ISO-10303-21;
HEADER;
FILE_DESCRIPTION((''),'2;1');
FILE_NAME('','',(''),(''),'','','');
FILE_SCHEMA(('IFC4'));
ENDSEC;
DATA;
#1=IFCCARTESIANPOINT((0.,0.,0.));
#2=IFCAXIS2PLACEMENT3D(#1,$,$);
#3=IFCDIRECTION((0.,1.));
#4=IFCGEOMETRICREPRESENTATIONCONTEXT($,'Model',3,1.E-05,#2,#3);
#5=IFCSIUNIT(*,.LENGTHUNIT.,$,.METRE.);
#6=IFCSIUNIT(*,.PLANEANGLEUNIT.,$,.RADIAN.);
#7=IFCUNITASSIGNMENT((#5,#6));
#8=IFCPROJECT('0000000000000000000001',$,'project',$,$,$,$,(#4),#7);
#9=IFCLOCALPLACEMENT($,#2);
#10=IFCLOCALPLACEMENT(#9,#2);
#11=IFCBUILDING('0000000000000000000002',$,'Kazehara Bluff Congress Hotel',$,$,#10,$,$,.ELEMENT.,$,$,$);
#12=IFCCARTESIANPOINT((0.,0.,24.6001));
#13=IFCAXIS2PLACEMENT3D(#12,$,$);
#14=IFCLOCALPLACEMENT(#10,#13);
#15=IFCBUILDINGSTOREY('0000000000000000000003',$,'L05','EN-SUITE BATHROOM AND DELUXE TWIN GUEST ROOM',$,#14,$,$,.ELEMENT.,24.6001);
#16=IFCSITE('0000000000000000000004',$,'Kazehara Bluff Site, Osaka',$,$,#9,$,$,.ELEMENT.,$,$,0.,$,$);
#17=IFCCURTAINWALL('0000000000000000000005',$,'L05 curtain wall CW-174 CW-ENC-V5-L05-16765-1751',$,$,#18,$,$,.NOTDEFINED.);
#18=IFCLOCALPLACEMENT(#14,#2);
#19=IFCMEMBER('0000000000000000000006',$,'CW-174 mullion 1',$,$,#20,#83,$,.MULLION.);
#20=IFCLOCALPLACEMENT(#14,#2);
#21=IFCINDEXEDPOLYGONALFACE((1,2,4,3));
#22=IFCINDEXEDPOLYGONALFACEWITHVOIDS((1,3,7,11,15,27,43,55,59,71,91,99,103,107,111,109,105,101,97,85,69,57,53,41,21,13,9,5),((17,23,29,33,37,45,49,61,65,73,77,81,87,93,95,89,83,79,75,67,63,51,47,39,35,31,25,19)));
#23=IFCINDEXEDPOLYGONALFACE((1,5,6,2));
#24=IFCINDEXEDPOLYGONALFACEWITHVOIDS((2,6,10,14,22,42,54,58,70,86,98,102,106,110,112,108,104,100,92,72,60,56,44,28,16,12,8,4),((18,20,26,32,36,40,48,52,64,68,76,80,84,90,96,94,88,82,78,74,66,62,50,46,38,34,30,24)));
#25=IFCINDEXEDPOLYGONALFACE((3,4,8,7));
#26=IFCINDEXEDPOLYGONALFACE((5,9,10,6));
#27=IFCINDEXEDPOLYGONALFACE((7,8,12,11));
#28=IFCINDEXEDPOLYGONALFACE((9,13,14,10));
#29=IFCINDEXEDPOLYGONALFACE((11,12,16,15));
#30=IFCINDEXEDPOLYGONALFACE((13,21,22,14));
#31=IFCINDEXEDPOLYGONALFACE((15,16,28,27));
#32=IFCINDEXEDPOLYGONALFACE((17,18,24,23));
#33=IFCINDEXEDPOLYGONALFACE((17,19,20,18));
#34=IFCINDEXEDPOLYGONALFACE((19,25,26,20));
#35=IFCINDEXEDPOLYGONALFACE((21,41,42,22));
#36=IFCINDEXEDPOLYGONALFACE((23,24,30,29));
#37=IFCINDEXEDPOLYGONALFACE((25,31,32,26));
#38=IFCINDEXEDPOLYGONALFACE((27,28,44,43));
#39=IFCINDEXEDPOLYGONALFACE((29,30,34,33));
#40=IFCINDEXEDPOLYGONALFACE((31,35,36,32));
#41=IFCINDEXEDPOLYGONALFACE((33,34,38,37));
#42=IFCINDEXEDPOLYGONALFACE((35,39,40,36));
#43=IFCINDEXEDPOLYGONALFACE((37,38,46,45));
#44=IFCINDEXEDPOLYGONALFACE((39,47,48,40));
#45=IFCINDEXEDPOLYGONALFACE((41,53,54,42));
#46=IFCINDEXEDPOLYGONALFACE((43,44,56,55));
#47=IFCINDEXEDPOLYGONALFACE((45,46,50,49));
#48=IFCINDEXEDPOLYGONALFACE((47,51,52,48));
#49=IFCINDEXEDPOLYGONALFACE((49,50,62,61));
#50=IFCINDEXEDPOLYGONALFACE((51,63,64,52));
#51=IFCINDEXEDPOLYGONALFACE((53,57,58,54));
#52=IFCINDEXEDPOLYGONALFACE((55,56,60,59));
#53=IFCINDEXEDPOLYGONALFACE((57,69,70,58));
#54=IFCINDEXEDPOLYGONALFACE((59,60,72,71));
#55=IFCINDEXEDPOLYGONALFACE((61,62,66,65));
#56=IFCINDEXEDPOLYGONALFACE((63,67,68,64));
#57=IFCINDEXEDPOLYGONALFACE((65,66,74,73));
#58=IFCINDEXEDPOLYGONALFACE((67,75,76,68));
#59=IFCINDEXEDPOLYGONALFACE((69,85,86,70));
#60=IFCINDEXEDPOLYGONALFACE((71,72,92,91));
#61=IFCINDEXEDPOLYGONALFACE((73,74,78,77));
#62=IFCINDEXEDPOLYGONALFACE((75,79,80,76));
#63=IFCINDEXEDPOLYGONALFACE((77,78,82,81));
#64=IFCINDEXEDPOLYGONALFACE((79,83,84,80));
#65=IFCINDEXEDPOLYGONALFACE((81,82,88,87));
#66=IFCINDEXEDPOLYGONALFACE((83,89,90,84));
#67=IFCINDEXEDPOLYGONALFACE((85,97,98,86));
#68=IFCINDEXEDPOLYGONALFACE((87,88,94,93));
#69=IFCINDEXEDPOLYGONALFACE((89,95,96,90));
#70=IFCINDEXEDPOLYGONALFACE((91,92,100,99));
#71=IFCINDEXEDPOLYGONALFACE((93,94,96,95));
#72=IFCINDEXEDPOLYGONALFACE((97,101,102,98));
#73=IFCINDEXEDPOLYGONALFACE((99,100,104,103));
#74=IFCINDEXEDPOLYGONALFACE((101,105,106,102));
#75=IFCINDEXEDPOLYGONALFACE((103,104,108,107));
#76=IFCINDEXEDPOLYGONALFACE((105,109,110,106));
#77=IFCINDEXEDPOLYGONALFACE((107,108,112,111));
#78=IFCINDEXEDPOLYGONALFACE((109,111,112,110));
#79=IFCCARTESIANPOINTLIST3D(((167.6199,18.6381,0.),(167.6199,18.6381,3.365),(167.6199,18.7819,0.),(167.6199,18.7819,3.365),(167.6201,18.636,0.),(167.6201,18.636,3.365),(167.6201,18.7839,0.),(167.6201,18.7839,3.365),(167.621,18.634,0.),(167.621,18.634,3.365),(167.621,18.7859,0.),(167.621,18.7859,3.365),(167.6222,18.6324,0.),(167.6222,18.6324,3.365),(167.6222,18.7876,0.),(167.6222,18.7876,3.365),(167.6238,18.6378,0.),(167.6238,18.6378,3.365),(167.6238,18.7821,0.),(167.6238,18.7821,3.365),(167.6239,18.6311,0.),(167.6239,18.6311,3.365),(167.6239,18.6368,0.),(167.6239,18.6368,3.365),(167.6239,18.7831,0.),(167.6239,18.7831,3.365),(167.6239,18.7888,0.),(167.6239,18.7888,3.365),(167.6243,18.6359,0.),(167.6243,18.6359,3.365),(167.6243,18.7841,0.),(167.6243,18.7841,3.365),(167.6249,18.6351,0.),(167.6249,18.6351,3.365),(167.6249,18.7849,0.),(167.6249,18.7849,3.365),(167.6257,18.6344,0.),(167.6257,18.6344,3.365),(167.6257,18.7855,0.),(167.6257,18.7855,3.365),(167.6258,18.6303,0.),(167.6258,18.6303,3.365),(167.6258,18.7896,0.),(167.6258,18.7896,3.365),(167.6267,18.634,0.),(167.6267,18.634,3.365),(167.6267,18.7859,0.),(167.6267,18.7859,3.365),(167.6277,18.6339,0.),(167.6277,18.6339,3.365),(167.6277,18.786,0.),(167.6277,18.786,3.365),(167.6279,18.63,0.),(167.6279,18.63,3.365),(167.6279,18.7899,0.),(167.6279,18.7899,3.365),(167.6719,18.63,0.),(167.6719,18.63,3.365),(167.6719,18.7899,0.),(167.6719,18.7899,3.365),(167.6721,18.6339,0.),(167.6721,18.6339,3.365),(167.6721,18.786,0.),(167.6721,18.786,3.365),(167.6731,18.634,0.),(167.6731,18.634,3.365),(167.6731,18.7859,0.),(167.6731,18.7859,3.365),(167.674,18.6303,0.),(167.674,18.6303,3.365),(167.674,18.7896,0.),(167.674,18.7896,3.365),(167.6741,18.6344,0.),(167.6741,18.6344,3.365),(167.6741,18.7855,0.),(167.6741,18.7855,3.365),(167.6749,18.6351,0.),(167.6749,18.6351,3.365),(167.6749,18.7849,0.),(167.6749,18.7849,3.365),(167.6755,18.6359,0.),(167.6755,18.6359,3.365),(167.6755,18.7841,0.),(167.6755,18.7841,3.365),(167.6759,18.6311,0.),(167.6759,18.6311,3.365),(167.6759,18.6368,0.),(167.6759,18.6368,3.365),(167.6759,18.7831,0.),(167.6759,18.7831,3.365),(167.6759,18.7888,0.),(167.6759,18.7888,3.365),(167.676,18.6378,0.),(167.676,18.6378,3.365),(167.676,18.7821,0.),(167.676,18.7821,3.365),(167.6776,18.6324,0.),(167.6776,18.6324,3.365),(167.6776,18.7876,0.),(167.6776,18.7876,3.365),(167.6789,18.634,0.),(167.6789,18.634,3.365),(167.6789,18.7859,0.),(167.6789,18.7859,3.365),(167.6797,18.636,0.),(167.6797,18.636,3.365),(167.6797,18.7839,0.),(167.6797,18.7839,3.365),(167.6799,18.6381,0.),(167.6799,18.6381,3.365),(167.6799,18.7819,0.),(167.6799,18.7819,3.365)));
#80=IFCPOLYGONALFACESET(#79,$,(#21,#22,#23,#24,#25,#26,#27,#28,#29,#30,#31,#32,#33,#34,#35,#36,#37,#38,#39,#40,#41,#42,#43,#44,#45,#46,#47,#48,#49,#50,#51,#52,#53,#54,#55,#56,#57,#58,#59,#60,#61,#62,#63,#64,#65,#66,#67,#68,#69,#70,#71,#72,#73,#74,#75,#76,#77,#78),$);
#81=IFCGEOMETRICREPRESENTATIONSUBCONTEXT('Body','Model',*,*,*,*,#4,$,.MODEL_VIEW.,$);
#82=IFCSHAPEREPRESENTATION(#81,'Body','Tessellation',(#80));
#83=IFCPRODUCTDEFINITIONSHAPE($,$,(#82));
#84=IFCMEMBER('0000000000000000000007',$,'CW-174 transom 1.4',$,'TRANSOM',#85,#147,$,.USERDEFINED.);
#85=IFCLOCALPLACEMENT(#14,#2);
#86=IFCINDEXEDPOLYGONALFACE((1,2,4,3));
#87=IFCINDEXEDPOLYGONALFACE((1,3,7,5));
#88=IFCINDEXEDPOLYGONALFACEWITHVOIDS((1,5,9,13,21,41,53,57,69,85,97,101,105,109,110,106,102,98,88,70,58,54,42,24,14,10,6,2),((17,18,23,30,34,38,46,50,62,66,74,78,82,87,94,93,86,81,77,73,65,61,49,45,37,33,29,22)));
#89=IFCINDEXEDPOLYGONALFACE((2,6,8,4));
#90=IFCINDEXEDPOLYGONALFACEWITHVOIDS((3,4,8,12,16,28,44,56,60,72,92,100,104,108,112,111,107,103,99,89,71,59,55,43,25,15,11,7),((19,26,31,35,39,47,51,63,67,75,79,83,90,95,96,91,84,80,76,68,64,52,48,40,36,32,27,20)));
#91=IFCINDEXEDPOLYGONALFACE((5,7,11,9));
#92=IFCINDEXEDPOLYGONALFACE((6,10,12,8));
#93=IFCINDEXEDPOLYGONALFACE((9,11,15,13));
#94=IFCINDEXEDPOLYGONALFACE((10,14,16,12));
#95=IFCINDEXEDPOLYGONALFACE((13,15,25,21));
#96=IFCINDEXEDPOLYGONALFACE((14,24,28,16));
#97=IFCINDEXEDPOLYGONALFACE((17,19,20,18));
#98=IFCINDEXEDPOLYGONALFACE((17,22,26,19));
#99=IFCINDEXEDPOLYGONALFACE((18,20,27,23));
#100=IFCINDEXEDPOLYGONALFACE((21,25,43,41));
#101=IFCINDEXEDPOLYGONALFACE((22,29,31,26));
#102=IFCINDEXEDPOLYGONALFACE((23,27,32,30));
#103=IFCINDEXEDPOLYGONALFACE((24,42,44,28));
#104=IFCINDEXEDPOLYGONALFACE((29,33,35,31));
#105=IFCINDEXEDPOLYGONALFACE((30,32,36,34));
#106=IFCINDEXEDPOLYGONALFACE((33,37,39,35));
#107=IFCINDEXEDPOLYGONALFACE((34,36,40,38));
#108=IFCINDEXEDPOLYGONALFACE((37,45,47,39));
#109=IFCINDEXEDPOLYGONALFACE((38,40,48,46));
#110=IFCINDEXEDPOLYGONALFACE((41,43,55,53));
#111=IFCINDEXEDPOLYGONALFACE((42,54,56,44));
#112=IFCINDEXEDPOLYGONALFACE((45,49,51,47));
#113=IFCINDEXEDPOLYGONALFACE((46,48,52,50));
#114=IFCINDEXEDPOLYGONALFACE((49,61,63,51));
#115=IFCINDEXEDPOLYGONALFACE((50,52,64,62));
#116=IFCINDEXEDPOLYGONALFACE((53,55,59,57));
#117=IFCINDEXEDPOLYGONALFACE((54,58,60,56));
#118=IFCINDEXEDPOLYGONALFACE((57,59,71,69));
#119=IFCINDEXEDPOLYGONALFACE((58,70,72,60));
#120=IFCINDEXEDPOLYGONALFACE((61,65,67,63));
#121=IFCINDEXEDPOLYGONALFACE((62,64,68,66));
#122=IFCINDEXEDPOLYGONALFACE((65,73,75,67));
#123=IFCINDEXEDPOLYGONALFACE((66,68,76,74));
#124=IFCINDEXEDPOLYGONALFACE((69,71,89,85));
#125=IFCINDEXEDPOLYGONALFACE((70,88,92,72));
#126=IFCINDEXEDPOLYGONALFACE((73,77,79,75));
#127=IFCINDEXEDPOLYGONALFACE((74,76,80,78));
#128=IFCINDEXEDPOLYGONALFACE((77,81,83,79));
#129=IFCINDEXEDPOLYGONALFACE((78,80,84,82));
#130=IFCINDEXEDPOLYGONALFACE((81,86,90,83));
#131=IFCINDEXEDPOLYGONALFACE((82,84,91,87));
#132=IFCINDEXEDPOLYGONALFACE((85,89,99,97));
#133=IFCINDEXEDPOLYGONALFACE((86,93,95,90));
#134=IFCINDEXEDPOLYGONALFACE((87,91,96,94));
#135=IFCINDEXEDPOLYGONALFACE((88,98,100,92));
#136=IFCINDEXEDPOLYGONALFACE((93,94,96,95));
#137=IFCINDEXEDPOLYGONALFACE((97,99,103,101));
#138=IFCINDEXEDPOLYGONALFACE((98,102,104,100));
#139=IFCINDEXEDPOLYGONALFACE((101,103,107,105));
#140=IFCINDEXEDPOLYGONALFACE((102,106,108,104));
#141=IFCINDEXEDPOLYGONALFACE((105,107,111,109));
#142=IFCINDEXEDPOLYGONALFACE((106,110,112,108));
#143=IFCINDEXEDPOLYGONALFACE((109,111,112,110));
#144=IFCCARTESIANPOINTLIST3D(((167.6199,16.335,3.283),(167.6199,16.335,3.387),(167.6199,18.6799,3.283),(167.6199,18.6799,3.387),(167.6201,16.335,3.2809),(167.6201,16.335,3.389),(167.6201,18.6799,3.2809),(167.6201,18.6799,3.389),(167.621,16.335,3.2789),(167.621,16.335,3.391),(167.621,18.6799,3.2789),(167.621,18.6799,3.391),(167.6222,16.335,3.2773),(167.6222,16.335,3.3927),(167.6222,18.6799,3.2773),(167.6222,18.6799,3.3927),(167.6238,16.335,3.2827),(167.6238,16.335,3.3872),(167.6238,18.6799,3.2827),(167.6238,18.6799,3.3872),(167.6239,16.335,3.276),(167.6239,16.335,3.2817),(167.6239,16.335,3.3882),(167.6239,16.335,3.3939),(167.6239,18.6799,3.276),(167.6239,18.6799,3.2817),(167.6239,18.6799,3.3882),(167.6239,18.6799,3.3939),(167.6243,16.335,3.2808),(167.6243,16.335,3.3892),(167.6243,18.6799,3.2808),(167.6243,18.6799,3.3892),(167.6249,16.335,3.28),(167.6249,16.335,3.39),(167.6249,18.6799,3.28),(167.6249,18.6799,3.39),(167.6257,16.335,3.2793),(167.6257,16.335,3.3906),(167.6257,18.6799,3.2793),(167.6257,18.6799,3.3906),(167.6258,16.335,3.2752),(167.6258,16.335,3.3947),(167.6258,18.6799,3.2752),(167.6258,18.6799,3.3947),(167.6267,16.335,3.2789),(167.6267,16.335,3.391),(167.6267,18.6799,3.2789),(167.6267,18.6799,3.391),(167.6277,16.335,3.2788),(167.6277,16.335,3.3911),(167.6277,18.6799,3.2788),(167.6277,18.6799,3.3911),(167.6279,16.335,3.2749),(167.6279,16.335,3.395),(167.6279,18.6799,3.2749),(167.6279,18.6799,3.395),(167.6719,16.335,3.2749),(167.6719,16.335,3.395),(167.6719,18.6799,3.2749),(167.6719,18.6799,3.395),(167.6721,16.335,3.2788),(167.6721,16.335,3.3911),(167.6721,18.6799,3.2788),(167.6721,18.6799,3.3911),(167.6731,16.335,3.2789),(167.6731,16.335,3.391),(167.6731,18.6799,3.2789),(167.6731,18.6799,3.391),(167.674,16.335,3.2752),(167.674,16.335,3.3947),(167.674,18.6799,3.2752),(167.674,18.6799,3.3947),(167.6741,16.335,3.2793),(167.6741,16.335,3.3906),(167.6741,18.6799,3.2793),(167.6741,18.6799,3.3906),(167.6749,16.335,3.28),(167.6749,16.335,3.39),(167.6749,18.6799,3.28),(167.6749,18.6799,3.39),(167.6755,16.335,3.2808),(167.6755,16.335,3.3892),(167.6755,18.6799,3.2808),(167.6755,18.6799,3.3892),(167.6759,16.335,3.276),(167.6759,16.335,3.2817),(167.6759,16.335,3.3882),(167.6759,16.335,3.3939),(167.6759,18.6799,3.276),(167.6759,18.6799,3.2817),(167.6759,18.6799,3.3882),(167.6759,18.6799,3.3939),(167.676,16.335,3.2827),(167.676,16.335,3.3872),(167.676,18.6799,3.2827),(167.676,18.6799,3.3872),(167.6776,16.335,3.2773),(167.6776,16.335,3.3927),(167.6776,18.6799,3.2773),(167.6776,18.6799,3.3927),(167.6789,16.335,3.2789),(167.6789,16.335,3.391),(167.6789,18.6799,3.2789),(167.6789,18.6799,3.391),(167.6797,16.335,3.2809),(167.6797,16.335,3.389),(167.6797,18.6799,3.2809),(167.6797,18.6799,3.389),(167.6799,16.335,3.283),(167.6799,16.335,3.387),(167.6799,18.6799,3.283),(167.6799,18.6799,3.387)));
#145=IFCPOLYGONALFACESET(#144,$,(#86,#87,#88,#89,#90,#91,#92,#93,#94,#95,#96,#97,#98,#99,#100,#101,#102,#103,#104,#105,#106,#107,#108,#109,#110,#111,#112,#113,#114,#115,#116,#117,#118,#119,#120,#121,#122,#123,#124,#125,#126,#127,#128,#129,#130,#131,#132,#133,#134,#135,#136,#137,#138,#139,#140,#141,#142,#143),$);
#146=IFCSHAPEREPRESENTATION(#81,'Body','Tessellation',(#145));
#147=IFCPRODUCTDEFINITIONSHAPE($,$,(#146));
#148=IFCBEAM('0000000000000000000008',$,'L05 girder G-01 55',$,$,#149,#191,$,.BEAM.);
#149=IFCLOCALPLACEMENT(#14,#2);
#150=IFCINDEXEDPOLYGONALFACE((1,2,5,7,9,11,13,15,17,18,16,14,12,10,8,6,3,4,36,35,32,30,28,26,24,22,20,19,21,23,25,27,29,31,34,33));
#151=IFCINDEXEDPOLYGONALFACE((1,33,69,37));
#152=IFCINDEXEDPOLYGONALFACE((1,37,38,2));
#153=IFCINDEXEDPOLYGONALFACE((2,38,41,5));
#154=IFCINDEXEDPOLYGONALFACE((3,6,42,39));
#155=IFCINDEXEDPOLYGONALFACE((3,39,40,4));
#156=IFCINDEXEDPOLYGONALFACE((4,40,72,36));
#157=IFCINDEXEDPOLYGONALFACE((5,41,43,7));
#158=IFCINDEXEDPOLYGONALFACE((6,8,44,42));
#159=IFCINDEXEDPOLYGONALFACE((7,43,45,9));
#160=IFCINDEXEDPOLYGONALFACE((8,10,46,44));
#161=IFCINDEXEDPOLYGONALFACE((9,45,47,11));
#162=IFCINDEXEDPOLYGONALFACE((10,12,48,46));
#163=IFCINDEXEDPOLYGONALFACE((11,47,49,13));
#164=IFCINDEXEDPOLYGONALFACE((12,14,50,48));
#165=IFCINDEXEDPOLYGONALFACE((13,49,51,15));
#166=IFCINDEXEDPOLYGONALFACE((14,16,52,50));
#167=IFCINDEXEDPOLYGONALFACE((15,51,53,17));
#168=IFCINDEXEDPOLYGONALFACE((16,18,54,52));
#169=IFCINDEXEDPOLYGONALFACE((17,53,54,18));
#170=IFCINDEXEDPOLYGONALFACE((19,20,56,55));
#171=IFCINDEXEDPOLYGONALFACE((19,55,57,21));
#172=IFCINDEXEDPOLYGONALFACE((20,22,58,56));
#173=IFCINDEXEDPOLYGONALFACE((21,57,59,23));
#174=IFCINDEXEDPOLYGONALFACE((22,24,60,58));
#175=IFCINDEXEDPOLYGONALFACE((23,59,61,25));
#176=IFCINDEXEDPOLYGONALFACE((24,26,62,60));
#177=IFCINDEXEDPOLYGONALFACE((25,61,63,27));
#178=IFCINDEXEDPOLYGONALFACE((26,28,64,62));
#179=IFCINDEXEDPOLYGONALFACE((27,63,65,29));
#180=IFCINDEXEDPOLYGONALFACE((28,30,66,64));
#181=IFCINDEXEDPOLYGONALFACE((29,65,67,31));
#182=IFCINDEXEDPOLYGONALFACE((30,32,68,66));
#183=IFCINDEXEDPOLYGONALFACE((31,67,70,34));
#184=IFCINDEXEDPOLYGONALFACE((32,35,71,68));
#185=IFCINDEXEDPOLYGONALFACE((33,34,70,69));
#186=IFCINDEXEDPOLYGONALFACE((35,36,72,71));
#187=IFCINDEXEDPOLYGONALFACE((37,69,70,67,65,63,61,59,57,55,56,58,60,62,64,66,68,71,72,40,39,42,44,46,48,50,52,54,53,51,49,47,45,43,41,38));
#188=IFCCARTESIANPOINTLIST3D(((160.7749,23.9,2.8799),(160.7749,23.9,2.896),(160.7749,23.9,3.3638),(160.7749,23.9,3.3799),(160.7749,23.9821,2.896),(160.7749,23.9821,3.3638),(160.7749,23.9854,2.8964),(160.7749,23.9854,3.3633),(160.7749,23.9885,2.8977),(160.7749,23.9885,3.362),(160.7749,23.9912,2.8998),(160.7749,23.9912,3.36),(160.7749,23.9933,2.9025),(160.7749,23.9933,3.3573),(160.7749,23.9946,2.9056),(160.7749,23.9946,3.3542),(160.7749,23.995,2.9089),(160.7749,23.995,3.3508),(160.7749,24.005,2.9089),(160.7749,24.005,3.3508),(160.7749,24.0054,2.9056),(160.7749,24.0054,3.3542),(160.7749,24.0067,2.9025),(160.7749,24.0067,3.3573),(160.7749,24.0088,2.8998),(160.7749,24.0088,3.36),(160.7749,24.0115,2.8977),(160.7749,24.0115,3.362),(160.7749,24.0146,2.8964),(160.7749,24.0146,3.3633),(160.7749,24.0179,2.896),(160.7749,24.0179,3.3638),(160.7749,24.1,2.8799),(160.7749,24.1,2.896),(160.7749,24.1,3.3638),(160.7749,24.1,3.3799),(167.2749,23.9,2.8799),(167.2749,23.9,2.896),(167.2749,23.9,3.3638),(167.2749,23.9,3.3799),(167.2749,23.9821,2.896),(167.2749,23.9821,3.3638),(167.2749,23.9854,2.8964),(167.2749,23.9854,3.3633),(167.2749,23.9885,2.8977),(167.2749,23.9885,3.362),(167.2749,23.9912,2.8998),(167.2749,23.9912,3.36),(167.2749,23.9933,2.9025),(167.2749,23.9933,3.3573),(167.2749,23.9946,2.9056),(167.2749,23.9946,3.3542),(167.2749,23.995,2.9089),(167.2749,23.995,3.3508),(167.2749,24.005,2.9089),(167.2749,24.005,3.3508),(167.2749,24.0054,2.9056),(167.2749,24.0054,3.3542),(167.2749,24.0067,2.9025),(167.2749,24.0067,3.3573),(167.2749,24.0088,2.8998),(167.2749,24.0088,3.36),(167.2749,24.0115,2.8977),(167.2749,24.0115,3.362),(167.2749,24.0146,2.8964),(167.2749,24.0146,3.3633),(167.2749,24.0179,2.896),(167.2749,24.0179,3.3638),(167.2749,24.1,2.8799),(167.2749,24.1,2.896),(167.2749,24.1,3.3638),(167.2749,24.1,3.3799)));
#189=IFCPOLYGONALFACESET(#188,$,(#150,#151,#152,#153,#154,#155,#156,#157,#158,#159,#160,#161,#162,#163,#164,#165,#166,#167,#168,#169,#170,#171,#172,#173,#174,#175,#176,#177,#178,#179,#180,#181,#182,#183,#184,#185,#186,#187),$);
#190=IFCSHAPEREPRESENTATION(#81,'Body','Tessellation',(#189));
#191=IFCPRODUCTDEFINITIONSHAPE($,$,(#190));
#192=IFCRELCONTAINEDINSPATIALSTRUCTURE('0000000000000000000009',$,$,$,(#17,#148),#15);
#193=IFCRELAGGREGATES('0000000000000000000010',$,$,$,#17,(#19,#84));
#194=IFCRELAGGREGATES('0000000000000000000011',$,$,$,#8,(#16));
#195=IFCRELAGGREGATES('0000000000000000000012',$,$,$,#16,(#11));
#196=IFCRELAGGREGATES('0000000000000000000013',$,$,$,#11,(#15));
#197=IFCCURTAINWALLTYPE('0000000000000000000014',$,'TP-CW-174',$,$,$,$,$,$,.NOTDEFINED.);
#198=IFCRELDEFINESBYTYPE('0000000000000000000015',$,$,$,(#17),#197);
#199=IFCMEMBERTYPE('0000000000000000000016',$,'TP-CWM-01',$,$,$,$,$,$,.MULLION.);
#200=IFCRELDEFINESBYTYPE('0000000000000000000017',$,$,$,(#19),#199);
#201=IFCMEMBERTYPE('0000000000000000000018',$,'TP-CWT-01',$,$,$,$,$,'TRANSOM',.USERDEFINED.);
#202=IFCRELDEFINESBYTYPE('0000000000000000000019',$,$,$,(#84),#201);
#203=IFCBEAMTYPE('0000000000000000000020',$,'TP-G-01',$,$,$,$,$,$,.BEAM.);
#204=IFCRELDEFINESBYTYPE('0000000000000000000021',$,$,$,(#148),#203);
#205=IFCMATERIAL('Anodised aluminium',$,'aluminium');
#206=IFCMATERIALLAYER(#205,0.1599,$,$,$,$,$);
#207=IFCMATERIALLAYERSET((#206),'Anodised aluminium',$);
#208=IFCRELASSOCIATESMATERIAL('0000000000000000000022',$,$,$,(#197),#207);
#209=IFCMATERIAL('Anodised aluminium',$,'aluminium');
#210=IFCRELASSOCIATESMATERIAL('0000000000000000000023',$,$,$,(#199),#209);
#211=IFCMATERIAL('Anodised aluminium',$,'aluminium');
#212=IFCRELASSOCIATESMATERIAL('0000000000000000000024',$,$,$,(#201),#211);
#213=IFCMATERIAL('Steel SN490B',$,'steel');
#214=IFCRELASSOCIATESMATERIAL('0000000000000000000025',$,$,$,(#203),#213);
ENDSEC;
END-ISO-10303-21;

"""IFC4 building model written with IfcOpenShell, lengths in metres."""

from ifc_helpers import new_model, si_unit, direction, frame, origin, origin_2d, place, context, subcontext, project, spatial, hollow_rectangle, i_section, extrude, material, layer, layer_set, material_profile, profile_set, type_object, element, aggregate, save


model = new_model("IFC4")

# Units and contexts
model_context = context("Model", 3, precision=1e-05, world=origin(), true_north=direction((0.0, 1.0)))
body_context = subcontext(model_context, "Body", "Model", "MODEL_VIEW")
ifc_project = project(units=[si_unit("LENGTHUNIT", "METRE"), si_unit("PLANEANGLEUNIT", "RADIAN")], contexts=[model_context])

# Site, building, storey
site_placement = place(None, origin())
site = spatial("IfcSite", under=ifc_project, at=site_placement, Name="Kazehara Bluff Site, Osaka", CompositionType="ELEMENT", RefElevation=0.0)
building_placement = place(site_placement, origin())
building = spatial("IfcBuilding", under=site, at=building_placement, Name="Kazehara Bluff Congress Hotel", CompositionType="ELEMENT")
storey_placement = place(building_placement, frame((0.0, 0.0, 24.6001)))
storey = spatial("IfcBuildingStorey", under=building, at=storey_placement, Name="L05", Description="EN-SUITE BATHROOM AND DELUXE TWIN GUEST ROOM", CompositionType="ELEMENT", Elevation=24.6001)

# Curtain wall, members
ifc_material_1 = material(Name="Anodised aluminium", Category="aluminium")
ifc_layer_1 = layer(ifc_material_1, 0.1599)
ifc_layer_set_1 = layer_set([ifc_layer_1], Name="Anodised aluminium")
curtain_wall_type = type_object("IfcCurtainWallType", Name="TP-CW-174", PredefinedType="NOTDEFINED", material=ifc_layer_set_1)
curtain_wall_placement = place(storey_placement, origin())
curtain_wall = element("IfcCurtainWall", 1, at=curtain_wall_placement, inside=storey, type_object=curtain_wall_type, Name="L05 curtain wall CW-174 CW-ENC-V5-L05-16765-1751", PredefinedType="NOTDEFINED")
ifc_material_2 = material(Name="Anodised aluminium", Category="aluminium")
ifc_material_profile_1 = material_profile(ifc_material_2, hollow_rectangle(XDim=0.0601, YDim=0.1599, WallThickness=0.0039, InnerFilletRadius=0.0039, OuterFilletRadius=0.0081, at=origin_2d()))
ifc_profile_set_1 = profile_set([ifc_material_profile_1], Name="Anodised aluminium")
member_type_1 = type_object("IfcMemberType", Name="TP-CWM-01", PredefinedType="MULLION", material=ifc_profile_set_1)
member_1_placement = place(storey_placement, frame((167.6499, 18.71, 0.0), z_axis=(0.0, 0.0, 1.0), x_axis=(1.0, 0.0, 0.0)))
member_1 = element("IfcMember", 2, at=member_1_placement, type_object=member_type_1, Name="CW-174 mullion 1", PredefinedType="MULLION", context=body_context, shape_type="SweptSolid", body=[
    extrude(hollow_rectangle(XDim=0.0601, YDim=0.1599, WallThickness=0.0039, InnerFilletRadius=0.0039, OuterFilletRadius=0.0081, at=origin_2d()), origin(), (0.0, 0.0, 1.0), 3.365),
])
ifc_material_3 = material(Name="Anodised aluminium", Category="aluminium")
ifc_material_profile_2 = material_profile(ifc_material_3, hollow_rectangle(XDim=0.0601, YDim=0.1201, WallThickness=0.0039, InnerFilletRadius=0.0039, OuterFilletRadius=0.0081, at=origin_2d()))
ifc_profile_set_2 = profile_set([ifc_material_profile_2], Name="Anodised aluminium")
member_type_2 = type_object("IfcMemberType", Name="TP-CWT-01", ElementType="TRANSOM", PredefinedType="USERDEFINED", material=ifc_profile_set_2)
member_2_placement = place(storey_placement, frame((167.6499, 18.6799, 3.335), z_axis=(0.0, -1.0, 0.0), x_axis=(1.0, 0.0, 0.0)))
member_2 = element("IfcMember", 3, at=member_2_placement, type_object=member_type_2, Name="CW-174 transom 1.4", ObjectType="TRANSOM", PredefinedType="USERDEFINED", context=body_context, shape_type="SweptSolid", body=[
    extrude(hollow_rectangle(XDim=0.0601, YDim=0.1201, WallThickness=0.0039, InnerFilletRadius=0.0039, OuterFilletRadius=0.0081, at=origin_2d()), origin(), (0.0, 0.0, 1.0), 2.345),
])
aggregate(curtain_wall, [member_1, member_2])

# Beam
ifc_material_4 = material(Name="Steel SN490B", Category="steel")
ifc_material_profile_3 = material_profile(ifc_material_4, i_section(OverallWidth=0.2, OverallDepth=0.5, WebThickness=0.01, FlangeThickness=0.0161, FilletRadius=0.0129, at=origin_2d()))
ifc_profile_set_3 = profile_set([ifc_material_profile_3], Name="Steel SN490B")
beam_type_1 = type_object("IfcBeamType", Name="TP-G-01", PredefinedType="BEAM", material=ifc_profile_set_3)
for number, where, z_axis, x_axis, name in (
    (4, (160.7749, 24.0, 3.1299), (1.0, 0.0, 0.0), (0.0, 1.0, 0.0), "L05 girder G-01 55"),
):
    element("IfcBeam", number, at=place(storey_placement, frame(where, z_axis=z_axis, x_axis=x_axis)), inside=storey, type_object=beam_type_1, Name=name, PredefinedType="BEAM", context=body_context, shape_type="SweptSolid", body=[
        extrude(i_section(OverallWidth=0.2, OverallDepth=0.5, WebThickness=0.01, FlangeThickness=0.0161, FilletRadius=0.0129, at=origin_2d()), origin(), (0.0, 0.0, 1.0), 6.5),
    ])

save(model, "model.ifc")
